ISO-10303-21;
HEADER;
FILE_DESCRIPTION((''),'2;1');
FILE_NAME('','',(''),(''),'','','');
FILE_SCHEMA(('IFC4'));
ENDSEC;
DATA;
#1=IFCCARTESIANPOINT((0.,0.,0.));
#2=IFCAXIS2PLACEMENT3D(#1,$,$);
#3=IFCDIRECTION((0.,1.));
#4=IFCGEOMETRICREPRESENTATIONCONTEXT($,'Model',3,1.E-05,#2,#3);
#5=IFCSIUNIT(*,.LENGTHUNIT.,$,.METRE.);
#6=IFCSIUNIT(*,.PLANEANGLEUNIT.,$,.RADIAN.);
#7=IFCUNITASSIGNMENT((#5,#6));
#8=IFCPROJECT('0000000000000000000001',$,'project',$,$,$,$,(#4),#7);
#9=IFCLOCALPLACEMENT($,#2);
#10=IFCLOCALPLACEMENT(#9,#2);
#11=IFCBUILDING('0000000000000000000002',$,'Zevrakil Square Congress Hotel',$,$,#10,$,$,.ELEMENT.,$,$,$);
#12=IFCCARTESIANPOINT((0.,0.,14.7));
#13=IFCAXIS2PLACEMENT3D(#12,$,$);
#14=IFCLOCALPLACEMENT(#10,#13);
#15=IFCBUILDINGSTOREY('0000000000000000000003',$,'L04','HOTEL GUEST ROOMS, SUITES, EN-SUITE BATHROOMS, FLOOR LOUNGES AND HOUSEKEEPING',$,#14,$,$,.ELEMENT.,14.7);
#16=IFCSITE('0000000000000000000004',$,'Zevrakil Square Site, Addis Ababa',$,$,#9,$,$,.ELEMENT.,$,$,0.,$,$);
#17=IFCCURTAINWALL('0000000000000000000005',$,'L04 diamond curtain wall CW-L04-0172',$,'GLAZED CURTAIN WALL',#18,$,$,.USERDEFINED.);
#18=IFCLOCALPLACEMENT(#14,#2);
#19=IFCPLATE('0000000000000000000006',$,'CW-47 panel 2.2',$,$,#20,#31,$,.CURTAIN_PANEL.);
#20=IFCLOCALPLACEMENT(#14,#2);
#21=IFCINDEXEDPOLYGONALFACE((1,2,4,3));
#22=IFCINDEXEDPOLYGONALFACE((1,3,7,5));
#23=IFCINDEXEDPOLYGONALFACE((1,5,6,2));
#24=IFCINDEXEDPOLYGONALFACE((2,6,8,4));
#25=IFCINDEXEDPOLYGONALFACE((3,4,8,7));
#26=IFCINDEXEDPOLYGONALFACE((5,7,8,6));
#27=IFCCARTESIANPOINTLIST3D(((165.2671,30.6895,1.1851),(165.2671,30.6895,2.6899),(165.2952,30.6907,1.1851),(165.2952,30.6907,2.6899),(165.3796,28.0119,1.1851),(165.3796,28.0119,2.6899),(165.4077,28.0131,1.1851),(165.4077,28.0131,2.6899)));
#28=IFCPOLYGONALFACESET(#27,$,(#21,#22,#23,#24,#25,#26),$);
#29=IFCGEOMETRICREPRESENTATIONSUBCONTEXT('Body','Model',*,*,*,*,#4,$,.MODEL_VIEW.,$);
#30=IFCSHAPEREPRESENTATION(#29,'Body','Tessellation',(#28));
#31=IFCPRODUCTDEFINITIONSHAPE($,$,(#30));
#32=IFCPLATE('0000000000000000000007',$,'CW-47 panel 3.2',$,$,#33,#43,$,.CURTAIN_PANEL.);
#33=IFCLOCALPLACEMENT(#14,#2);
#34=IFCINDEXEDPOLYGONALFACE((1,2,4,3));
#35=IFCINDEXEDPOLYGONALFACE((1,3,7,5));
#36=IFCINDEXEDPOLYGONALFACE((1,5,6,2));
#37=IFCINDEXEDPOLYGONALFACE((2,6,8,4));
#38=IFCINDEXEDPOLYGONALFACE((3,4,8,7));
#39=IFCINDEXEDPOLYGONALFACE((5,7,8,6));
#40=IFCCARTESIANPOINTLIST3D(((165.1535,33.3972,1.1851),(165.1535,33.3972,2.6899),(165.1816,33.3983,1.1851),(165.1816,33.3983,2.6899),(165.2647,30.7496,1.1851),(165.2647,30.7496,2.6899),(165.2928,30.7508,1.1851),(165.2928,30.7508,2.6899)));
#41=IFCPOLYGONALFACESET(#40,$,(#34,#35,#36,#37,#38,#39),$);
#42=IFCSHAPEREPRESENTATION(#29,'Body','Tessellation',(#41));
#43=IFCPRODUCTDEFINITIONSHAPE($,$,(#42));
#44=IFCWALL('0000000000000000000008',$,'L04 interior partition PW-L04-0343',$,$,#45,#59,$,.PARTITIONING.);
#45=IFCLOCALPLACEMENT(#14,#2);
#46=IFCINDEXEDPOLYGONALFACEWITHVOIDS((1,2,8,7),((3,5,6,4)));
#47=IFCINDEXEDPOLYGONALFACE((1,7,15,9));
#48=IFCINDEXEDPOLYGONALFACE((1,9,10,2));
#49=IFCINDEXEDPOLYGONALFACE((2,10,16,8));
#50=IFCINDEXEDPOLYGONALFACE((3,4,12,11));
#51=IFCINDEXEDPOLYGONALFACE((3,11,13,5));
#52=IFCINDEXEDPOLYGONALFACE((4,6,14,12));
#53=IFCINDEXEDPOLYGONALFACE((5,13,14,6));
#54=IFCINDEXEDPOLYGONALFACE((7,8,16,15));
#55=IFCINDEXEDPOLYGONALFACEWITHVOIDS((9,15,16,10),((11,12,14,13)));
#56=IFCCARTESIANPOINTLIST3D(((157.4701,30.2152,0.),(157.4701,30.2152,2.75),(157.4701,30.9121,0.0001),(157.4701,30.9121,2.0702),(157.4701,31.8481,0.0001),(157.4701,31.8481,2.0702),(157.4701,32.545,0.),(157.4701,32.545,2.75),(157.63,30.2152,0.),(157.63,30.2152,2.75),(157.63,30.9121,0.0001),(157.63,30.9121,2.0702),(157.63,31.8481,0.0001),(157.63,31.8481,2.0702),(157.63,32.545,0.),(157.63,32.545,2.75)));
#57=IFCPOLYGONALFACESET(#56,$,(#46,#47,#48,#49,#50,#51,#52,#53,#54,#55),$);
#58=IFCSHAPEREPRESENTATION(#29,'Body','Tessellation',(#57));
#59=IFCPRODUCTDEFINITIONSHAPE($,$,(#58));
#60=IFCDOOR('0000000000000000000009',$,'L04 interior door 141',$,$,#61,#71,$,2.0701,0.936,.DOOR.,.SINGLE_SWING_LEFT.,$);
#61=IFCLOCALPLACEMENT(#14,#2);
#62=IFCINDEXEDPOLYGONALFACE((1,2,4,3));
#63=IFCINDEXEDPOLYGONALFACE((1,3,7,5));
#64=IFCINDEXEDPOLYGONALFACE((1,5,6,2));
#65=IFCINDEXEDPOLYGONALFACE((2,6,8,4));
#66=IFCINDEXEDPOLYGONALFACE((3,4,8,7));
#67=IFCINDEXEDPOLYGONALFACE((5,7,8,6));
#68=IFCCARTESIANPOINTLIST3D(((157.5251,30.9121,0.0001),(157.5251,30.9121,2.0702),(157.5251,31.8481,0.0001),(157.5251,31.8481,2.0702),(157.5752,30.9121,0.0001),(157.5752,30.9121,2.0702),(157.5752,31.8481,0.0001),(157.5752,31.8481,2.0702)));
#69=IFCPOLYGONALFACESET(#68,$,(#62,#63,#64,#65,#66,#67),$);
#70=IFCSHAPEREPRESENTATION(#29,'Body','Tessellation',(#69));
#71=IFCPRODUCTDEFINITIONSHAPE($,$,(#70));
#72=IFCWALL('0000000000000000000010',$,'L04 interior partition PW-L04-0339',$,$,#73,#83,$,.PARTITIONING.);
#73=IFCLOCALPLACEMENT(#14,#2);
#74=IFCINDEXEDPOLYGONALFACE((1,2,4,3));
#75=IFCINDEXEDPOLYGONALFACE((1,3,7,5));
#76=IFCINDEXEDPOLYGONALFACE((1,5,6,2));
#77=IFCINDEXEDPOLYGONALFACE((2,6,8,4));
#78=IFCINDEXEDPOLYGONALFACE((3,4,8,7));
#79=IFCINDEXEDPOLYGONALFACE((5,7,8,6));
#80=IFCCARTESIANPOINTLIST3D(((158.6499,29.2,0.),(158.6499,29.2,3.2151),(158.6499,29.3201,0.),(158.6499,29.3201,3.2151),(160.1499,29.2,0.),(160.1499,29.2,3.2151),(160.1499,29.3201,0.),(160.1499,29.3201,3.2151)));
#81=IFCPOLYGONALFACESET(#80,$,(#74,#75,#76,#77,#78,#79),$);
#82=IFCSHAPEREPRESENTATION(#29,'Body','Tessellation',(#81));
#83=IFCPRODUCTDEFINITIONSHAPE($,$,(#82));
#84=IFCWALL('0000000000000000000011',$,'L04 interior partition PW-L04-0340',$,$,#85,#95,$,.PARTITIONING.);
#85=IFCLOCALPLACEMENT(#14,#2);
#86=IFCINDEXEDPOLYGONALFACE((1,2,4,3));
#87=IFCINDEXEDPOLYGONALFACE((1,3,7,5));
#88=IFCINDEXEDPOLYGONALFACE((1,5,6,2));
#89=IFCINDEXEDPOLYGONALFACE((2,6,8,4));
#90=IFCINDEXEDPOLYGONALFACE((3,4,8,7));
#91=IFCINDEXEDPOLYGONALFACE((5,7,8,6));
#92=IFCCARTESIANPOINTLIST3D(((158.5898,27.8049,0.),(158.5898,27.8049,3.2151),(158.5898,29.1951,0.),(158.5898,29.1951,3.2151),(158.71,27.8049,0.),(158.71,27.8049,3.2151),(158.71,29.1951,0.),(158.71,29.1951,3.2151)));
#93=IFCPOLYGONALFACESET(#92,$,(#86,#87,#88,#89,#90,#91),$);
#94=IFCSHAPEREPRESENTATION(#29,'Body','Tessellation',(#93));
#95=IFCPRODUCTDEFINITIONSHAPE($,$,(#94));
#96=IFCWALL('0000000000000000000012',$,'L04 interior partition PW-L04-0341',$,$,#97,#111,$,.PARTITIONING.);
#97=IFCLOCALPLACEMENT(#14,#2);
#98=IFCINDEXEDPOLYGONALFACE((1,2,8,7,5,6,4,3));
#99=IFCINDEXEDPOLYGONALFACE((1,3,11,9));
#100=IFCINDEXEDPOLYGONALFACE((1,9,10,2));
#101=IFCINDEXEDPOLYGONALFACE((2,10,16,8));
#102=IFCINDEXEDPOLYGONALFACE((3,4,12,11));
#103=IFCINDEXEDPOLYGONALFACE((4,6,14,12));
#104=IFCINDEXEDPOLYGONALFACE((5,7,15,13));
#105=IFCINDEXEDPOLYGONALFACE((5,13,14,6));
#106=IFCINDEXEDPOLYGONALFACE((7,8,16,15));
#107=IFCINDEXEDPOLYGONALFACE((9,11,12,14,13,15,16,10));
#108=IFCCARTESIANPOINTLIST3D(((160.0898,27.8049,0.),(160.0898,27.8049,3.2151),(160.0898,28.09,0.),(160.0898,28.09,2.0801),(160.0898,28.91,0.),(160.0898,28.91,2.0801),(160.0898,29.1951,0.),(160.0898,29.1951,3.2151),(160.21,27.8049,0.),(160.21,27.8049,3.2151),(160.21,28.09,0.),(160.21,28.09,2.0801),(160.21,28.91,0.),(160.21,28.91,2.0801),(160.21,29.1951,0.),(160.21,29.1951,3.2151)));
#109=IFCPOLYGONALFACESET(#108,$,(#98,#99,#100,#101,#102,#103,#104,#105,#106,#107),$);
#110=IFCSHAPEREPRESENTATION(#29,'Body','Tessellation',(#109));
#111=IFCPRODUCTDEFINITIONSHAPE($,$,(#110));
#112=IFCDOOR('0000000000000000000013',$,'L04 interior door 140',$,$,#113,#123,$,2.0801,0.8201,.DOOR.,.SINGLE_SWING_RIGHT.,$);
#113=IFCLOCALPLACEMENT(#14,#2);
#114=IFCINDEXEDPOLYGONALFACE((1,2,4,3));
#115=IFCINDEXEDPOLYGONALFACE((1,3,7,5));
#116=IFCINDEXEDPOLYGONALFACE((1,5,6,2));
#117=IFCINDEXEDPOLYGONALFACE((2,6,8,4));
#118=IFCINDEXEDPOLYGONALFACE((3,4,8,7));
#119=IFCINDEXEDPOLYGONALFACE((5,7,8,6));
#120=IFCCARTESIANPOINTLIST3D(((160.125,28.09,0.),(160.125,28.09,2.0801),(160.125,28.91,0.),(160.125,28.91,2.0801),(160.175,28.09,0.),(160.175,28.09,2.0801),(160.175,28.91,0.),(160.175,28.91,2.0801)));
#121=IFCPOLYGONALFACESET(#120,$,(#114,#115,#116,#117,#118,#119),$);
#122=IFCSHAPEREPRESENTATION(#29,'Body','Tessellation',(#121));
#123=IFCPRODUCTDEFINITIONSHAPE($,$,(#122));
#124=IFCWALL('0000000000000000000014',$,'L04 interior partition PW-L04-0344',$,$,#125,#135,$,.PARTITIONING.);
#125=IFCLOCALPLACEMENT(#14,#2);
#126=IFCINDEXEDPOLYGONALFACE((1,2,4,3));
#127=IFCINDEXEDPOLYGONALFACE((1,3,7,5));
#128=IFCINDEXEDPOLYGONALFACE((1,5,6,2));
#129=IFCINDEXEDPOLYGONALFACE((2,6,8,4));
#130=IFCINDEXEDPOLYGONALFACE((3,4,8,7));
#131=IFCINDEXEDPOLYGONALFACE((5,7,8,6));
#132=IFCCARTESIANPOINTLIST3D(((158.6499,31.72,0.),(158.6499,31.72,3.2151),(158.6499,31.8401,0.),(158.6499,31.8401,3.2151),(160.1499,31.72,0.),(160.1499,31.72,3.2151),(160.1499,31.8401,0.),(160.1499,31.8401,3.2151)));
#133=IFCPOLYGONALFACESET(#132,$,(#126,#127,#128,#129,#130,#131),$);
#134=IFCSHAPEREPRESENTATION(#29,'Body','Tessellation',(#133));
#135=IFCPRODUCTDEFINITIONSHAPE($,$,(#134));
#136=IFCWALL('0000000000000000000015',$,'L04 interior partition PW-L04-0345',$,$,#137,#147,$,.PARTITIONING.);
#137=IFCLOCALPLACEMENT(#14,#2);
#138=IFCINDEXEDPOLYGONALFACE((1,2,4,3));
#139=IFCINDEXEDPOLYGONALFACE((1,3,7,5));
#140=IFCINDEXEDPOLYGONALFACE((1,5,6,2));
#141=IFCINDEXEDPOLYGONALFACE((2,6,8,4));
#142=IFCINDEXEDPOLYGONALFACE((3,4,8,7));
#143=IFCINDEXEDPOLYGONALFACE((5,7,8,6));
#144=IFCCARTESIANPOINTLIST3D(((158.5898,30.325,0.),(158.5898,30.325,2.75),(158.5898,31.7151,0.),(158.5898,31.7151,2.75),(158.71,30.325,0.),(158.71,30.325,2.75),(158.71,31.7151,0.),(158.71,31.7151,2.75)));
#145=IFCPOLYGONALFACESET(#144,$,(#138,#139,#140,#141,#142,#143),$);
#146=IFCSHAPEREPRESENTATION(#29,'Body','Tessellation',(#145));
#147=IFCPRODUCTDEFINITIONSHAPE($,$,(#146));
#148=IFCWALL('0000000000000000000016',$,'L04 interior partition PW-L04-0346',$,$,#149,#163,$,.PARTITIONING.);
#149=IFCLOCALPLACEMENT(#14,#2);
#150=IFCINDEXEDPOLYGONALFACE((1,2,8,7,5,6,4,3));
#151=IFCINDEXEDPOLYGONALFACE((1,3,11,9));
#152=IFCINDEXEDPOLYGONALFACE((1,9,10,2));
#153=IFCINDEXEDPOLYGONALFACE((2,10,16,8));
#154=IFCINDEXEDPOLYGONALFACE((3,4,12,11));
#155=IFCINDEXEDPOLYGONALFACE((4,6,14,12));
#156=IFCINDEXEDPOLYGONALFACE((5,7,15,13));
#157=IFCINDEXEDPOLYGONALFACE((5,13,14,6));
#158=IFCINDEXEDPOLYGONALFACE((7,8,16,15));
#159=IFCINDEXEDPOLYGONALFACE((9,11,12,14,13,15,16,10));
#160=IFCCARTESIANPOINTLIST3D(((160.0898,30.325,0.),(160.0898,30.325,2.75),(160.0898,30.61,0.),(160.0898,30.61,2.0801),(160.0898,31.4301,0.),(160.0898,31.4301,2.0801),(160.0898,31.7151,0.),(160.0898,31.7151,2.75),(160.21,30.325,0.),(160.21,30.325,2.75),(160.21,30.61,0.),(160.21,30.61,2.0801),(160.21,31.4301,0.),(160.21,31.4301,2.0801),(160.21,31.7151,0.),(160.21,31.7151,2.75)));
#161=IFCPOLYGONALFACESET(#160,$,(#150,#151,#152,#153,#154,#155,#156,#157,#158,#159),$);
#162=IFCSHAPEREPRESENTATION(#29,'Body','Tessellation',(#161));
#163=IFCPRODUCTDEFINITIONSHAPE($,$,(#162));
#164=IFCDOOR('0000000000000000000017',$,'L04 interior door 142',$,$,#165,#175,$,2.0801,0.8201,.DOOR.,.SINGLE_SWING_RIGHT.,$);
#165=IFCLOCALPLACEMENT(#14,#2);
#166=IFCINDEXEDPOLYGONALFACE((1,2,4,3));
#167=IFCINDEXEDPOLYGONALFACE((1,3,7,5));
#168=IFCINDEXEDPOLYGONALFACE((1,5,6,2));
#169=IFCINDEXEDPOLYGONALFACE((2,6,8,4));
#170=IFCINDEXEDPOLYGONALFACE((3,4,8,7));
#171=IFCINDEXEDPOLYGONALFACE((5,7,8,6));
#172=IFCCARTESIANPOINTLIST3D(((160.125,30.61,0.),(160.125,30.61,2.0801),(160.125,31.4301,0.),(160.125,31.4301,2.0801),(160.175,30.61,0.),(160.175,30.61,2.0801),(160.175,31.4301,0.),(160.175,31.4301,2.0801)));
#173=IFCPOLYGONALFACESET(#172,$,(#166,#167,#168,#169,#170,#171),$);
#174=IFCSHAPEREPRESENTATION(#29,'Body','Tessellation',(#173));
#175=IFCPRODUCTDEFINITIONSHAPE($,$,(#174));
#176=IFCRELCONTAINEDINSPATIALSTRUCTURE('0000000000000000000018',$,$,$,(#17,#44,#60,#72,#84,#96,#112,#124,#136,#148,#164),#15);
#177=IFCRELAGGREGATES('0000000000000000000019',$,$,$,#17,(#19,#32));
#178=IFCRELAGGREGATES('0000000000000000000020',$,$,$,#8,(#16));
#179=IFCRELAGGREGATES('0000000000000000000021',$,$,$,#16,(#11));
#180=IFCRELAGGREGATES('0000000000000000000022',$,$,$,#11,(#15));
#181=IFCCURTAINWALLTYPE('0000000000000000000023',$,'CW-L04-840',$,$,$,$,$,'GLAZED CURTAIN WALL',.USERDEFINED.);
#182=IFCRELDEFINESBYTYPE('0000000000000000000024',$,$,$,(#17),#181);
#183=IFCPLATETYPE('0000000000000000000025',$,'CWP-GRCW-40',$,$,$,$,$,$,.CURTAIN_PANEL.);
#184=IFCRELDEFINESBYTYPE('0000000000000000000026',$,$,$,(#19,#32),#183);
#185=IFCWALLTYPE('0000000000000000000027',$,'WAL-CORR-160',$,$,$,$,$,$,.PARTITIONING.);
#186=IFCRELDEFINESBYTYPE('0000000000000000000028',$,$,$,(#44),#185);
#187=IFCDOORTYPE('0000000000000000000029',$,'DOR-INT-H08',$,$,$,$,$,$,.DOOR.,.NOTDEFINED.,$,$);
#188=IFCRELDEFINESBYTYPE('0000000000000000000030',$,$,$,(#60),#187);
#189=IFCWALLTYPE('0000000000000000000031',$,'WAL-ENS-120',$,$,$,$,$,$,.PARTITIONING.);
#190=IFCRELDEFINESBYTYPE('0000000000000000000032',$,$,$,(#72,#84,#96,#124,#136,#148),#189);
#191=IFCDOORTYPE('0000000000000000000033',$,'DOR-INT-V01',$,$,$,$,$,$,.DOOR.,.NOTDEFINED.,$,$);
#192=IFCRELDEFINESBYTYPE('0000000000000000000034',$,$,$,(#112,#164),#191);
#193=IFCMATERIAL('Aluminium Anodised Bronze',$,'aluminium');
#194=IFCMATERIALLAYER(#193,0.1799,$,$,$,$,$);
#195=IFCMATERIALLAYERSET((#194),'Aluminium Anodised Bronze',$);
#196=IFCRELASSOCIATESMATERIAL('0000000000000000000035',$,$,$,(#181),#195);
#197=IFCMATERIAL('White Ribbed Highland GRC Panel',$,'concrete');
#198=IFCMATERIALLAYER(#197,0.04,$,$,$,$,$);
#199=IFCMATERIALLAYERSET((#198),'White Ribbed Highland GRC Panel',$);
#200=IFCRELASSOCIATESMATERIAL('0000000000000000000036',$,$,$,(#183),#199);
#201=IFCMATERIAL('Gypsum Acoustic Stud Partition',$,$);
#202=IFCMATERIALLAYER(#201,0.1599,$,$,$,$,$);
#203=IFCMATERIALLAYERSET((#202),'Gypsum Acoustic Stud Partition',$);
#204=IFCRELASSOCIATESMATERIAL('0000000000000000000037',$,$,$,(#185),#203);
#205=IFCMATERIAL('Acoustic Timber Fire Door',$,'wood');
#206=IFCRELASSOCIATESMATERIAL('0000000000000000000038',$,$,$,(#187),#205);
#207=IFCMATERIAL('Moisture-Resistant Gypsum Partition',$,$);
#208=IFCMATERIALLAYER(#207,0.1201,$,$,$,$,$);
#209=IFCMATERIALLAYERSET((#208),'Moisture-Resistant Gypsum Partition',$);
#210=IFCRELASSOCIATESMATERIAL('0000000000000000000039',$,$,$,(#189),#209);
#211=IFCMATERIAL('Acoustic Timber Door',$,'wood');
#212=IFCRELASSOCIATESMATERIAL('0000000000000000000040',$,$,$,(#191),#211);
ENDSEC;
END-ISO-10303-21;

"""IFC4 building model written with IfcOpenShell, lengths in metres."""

from ifc_helpers import new_model, si_unit, direction, frame, frame_2d, origin, origin_2d, place, context, subcontext, project, spatial, rectangle, extrude, material, layer, layer_set, type_object, element, fill, aggregate, save


model = new_model("IFC4")

# Units and contexts
model_context = context("Model", 3, precision=1e-05, world=origin(), true_north=direction((0.0, 1.0)))
body_context = subcontext(model_context, "Body", "Model", "MODEL_VIEW")
ifc_project = project(units=[si_unit("LENGTHUNIT", "METRE"), si_unit("PLANEANGLEUNIT", "RADIAN")], contexts=[model_context])

# Site, building, storey
site_placement = place(None, origin())
site = spatial("IfcSite", under=ifc_project, at=site_placement, Name="Zevrakil Square Site, Addis Ababa", CompositionType="ELEMENT", RefElevation=0.0)
building_placement = place(site_placement, origin())
building = spatial("IfcBuilding", under=site, at=building_placement, Name="Zevrakil Square Congress Hotel", CompositionType="ELEMENT")
storey_placement = place(building_placement, frame((0.0, 0.0, 14.7)))
storey = spatial("IfcBuildingStorey", under=building, at=storey_placement, Name="L04", Description="HOTEL GUEST ROOMS, SUITES, EN-SUITE BATHROOMS, FLOOR LOUNGES AND HOUSEKEEPING", CompositionType="ELEMENT", Elevation=14.7)

# Curtain wall, plates
ifc_material_1 = material(Name="Aluminium Anodised Bronze", Category="aluminium")
ifc_layer_1 = layer(ifc_material_1, 0.1799)
ifc_layer_set_1 = layer_set([ifc_layer_1], Name="Aluminium Anodised Bronze")
curtain_wall_type = type_object("IfcCurtainWallType", Name="CW-L04-840", ElementType="GLAZED CURTAIN WALL", PredefinedType="USERDEFINED", material=ifc_layer_set_1)
curtain_wall_placement = place(storey_placement, origin())
curtain_wall = element("IfcCurtainWall", 1, at=curtain_wall_placement, inside=storey, type_object=curtain_wall_type, Name="L04 diamond curtain wall CW-L04-0172", ObjectType="GLAZED CURTAIN WALL", PredefinedType="USERDEFINED")
ifc_material_2 = material(Name="White Ribbed Highland GRC Panel", Category="concrete")
ifc_layer_2 = layer(ifc_material_2, 0.04)
ifc_layer_set_2 = layer_set([ifc_layer_2], Name="White Ribbed Highland GRC Panel")
plate_type_1 = type_object("IfcPlateType", Name="CWP-GRCW-40", PredefinedType="CURTAIN_PANEL", material=ifc_layer_set_2)
plate_1_placement = place(storey_placement, frame((165.3374, 29.3513, 1.1851), z_axis=(0.0, 0.0, 1.0), x_axis=(-0.041971, 0.999119, 0.0)))
plate_1 = element("IfcPlate", 2, at=plate_1_placement, type_object=plate_type_1, Name="CW-47 panel 2.2", PredefinedType="CURTAIN_PANEL", context=body_context, shape_type="SweptSolid", body=[
    extrude(rectangle(XDim=2.6799, YDim=0.0281, at=origin_2d()), origin(), (0.0, 0.0, 1.0), 1.5049),
])
plate_2_placement = place(storey_placement, frame((165.2231, 32.074, 1.1851), z_axis=(0.0, 0.0, 1.0), x_axis=(-0.041971, 0.999119, 0.0)))
plate_2 = element("IfcPlate", 3, at=plate_2_placement, type_object=plate_type_1, Name="CW-47 panel 3.2", PredefinedType="CURTAIN_PANEL", context=body_context, shape_type="SweptSolid", body=[
    extrude(rectangle(XDim=2.6499, YDim=0.0281, at=origin_2d()), origin(), (0.0, 0.0, 1.0), 1.5049),
])
aggregate(curtain_wall, [plate_1, plate_2])

# Wall, opening, door
ifc_material_3 = material(Name="Gypsum Acoustic Stud Partition")
ifc_layer_3 = layer(ifc_material_3, 0.1599)
ifc_layer_set_3 = layer_set([ifc_layer_3], Name="Gypsum Acoustic Stud Partition")
wall_type_1 = type_object("IfcWallType", Name="WAL-CORR-160", PredefinedType="PARTITIONING", material=ifc_layer_set_3)
wall_1_placement = place(storey_placement, frame((157.55, 30.2151, 0.0), z_axis=(0.0, 0.0, 1.0), x_axis=(0.0, 1.0, 0.0)))
wall_1 = element("IfcWall", 4, at=wall_1_placement, inside=storey, type_object=wall_type_1, Name="L04 interior partition PW-L04-0343", PredefinedType="PARTITIONING", context=body_context, shape_type="SweptSolid", body=[
    extrude(rectangle(XDim=2.3298, YDim=0.1599, at=frame_2d((1.165, 0.0))), origin(), (0.0, 0.0, 1.0), 2.75),
])
opening_1_placement = place(wall_1_placement, frame((0.697, 0.0, 0.0)))
opening_1 = element("IfcOpeningElement", 5, at=opening_1_placement, cuts=wall_1, PredefinedType="OPENING", context=body_context, shape_type="SweptSolid", body=[
    extrude(rectangle(XDim=0.936, YDim=2.0701, at=frame_2d((0.468, 1.0352))), frame((0.0, 0.0898, 0.0), z_axis=(0.0, -1.0, 0.0), x_axis=(1.0, 0.0, 0.0)), (0.0, 0.0, 1.0), 0.1799),
])
ifc_material_4 = material(Name="Acoustic Timber Fire Door", Category="wood")
door_type_1 = type_object("IfcDoorType", Name="DOR-INT-H08", OperationType="NOTDEFINED", PredefinedType="DOOR", material=ifc_material_4)
door_1_placement = place(opening_1_placement, origin())
door_1 = element("IfcDoor", 6, at=door_1_placement, inside=storey, type_object=door_type_1, Name="L04 interior door 141", OperationType="SINGLE_SWING_LEFT", OverallHeight=2.0701, OverallWidth=0.936, PredefinedType="DOOR", context=body_context, shape_type="SweptSolid", body=[
    extrude(rectangle(XDim=0.936, YDim=2.0701, at=frame_2d((0.468, 1.0352))), frame((0.0, 0.0249, 0.0), z_axis=(0.0, -1.0, 0.0), x_axis=(1.0, 0.0, 0.0)), (0.0, 0.0, 1.0), 0.05),
])
fill(opening_1, door_1)

# Walls
ifc_material_5 = material(Name="Moisture-Resistant Gypsum Partition")
ifc_layer_4 = layer(ifc_material_5, 0.1201)
ifc_layer_set_4 = layer_set([ifc_layer_4], Name="Moisture-Resistant Gypsum Partition")
wall_type_2 = type_object("IfcWallType", Name="WAL-ENS-120", PredefinedType="PARTITIONING", material=ifc_layer_set_4)
wall_2_placement = place(storey_placement, frame((158.6499, 29.26, 0.0), z_axis=(0.0, 0.0, 1.0), x_axis=(1.0, 0.0, 0.0)))
element("IfcWall", 7, at=wall_2_placement, inside=storey, type_object=wall_type_2, Name="L04 interior partition PW-L04-0339", PredefinedType="PARTITIONING", context=body_context, shape_type="SweptSolid", body=[
    extrude(rectangle(XDim=1.5, YDim=0.1201, at=frame_2d((0.75, 0.0))), origin(), (0.0, 0.0, 1.0), 3.2151),
])
wall_3_placement = place(storey_placement, frame((158.6499, 27.8049, 0.0), z_axis=(0.0, 0.0, 1.0), x_axis=(0.0, 1.0, 0.0)))
element("IfcWall", 8, at=wall_3_placement, inside=storey, type_object=wall_type_2, Name="L04 interior partition PW-L04-0340", PredefinedType="PARTITIONING", context=body_context, shape_type="SweptSolid", body=[
    extrude(rectangle(XDim=1.3901, YDim=0.1201, at=frame_2d((0.6951, 0.0))), origin(), (0.0, 0.0, 1.0), 3.2151),
])

# Wall, opening, door
wall_4_placement = place(storey_placement, frame((160.1499, 27.8049, 0.0), z_axis=(0.0, 0.0, 1.0), x_axis=(0.0, 1.0, 0.0)))
wall_4 = element("IfcWall", 9, at=wall_4_placement, inside=storey, type_object=wall_type_2, Name="L04 interior partition PW-L04-0341", PredefinedType="PARTITIONING", context=body_context, shape_type="SweptSolid", body=[
    extrude(rectangle(XDim=1.3901, YDim=0.1201, at=frame_2d((0.6951, 0.0))), origin(), (0.0, 0.0, 1.0), 3.2151),
])
opening_2_placement = place(wall_4_placement, frame((0.2849, 0.0, 0.0)))
opening_2 = element("IfcOpeningElement", 10, at=opening_2_placement, cuts=wall_4, PredefinedType="OPENING", context=body_context, shape_type="SweptSolid", body=[
    extrude(rectangle(XDim=0.8201, YDim=2.0801, at=frame_2d((0.4102, 1.04))), frame((0.0, 0.0701, 0.0), z_axis=(0.0, -1.0, 0.0), x_axis=(1.0, 0.0, 0.0)), (0.0, 0.0, 1.0), 0.1401),
])
ifc_material_6 = material(Name="Acoustic Timber Door", Category="wood")
door_type_2 = type_object("IfcDoorType", Name="DOR-INT-V01", OperationType="NOTDEFINED", PredefinedType="DOOR", material=ifc_material_6)
door_2_placement = place(opening_2_placement, origin())
door_2 = element("IfcDoor", 11, at=door_2_placement, inside=storey, type_object=door_type_2, Name="L04 interior door 140", OperationType="SINGLE_SWING_RIGHT", OverallHeight=2.0801, OverallWidth=0.8201, PredefinedType="DOOR", context=body_context, shape_type="SweptSolid", body=[
    extrude(rectangle(XDim=0.8201, YDim=2.0801, at=frame_2d((0.4102, 1.04))), frame((0.0, 0.0249, 0.0), z_axis=(0.0, -1.0, 0.0), x_axis=(1.0, 0.0, 0.0)), (0.0, 0.0, 1.0), 0.05),
])
fill(opening_2, door_2)

# Walls
wall_5_placement = place(storey_placement, frame((158.6499, 31.78, 0.0), z_axis=(0.0, 0.0, 1.0), x_axis=(1.0, 0.0, 0.0)))
element("IfcWall", 12, at=wall_5_placement, inside=storey, type_object=wall_type_2, Name="L04 interior partition PW-L04-0344", PredefinedType="PARTITIONING", context=body_context, shape_type="SweptSolid", body=[
    extrude(rectangle(XDim=1.5, YDim=0.1201, at=frame_2d((0.75, 0.0))), origin(), (0.0, 0.0, 1.0), 3.2151),
])
wall_6_placement = place(storey_placement, frame((158.6499, 30.325, 0.0), z_axis=(0.0, 0.0, 1.0), x_axis=(0.0, 1.0, 0.0)))
element("IfcWall", 13, at=wall_6_placement, inside=storey, type_object=wall_type_2, Name="L04 interior partition PW-L04-0345", PredefinedType="PARTITIONING", context=body_context, shape_type="SweptSolid", body=[
    extrude(rectangle(XDim=1.3901, YDim=0.1201, at=frame_2d((0.6951, 0.0))), origin(), (0.0, 0.0, 1.0), 2.75),
])

# Wall, opening, door
wall_7_placement = place(storey_placement, frame((160.1499, 30.325, 0.0), z_axis=(0.0, 0.0, 1.0), x_axis=(0.0, 1.0, 0.0)))
wall_7 = element("IfcWall", 14, at=wall_7_placement, inside=storey, type_object=wall_type_2, Name="L04 interior partition PW-L04-0346", PredefinedType="PARTITIONING", context=body_context, shape_type="SweptSolid", body=[
    extrude(rectangle(XDim=1.3901, YDim=0.1201, at=frame_2d((0.6951, 0.0))), origin(), (0.0, 0.0, 1.0), 2.75),
])
opening_3_placement = place(wall_7_placement, frame((0.2849, 0.0, 0.0)))
opening_3 = element("IfcOpeningElement", 15, at=opening_3_placement, cuts=wall_7, PredefinedType="OPENING", context=body_context, shape_type="SweptSolid", body=[
    extrude(rectangle(XDim=0.8201, YDim=2.0801, at=frame_2d((0.4102, 1.04))), frame((0.0, 0.0701, 0.0), z_axis=(0.0, -1.0, 0.0), x_axis=(1.0, 0.0, 0.0)), (0.0, 0.0, 1.0), 0.1401),
])
door_3_placement = place(opening_3_placement, origin())
door_3 = element("IfcDoor", 16, at=door_3_placement, inside=storey, type_object=door_type_2, Name="L04 interior door 142", OperationType="SINGLE_SWING_RIGHT", OverallHeight=2.0801, OverallWidth=0.8201, PredefinedType="DOOR", context=body_context, shape_type="SweptSolid", body=[
    extrude(rectangle(XDim=0.8201, YDim=2.0801, at=frame_2d((0.4102, 1.04))), frame((0.0, 0.0249, 0.0), z_axis=(0.0, -1.0, 0.0), x_axis=(1.0, 0.0, 0.0)), (0.0, 0.0, 1.0), 0.05),
])
fill(opening_3, door_3)

save(model, "model.ifc")
